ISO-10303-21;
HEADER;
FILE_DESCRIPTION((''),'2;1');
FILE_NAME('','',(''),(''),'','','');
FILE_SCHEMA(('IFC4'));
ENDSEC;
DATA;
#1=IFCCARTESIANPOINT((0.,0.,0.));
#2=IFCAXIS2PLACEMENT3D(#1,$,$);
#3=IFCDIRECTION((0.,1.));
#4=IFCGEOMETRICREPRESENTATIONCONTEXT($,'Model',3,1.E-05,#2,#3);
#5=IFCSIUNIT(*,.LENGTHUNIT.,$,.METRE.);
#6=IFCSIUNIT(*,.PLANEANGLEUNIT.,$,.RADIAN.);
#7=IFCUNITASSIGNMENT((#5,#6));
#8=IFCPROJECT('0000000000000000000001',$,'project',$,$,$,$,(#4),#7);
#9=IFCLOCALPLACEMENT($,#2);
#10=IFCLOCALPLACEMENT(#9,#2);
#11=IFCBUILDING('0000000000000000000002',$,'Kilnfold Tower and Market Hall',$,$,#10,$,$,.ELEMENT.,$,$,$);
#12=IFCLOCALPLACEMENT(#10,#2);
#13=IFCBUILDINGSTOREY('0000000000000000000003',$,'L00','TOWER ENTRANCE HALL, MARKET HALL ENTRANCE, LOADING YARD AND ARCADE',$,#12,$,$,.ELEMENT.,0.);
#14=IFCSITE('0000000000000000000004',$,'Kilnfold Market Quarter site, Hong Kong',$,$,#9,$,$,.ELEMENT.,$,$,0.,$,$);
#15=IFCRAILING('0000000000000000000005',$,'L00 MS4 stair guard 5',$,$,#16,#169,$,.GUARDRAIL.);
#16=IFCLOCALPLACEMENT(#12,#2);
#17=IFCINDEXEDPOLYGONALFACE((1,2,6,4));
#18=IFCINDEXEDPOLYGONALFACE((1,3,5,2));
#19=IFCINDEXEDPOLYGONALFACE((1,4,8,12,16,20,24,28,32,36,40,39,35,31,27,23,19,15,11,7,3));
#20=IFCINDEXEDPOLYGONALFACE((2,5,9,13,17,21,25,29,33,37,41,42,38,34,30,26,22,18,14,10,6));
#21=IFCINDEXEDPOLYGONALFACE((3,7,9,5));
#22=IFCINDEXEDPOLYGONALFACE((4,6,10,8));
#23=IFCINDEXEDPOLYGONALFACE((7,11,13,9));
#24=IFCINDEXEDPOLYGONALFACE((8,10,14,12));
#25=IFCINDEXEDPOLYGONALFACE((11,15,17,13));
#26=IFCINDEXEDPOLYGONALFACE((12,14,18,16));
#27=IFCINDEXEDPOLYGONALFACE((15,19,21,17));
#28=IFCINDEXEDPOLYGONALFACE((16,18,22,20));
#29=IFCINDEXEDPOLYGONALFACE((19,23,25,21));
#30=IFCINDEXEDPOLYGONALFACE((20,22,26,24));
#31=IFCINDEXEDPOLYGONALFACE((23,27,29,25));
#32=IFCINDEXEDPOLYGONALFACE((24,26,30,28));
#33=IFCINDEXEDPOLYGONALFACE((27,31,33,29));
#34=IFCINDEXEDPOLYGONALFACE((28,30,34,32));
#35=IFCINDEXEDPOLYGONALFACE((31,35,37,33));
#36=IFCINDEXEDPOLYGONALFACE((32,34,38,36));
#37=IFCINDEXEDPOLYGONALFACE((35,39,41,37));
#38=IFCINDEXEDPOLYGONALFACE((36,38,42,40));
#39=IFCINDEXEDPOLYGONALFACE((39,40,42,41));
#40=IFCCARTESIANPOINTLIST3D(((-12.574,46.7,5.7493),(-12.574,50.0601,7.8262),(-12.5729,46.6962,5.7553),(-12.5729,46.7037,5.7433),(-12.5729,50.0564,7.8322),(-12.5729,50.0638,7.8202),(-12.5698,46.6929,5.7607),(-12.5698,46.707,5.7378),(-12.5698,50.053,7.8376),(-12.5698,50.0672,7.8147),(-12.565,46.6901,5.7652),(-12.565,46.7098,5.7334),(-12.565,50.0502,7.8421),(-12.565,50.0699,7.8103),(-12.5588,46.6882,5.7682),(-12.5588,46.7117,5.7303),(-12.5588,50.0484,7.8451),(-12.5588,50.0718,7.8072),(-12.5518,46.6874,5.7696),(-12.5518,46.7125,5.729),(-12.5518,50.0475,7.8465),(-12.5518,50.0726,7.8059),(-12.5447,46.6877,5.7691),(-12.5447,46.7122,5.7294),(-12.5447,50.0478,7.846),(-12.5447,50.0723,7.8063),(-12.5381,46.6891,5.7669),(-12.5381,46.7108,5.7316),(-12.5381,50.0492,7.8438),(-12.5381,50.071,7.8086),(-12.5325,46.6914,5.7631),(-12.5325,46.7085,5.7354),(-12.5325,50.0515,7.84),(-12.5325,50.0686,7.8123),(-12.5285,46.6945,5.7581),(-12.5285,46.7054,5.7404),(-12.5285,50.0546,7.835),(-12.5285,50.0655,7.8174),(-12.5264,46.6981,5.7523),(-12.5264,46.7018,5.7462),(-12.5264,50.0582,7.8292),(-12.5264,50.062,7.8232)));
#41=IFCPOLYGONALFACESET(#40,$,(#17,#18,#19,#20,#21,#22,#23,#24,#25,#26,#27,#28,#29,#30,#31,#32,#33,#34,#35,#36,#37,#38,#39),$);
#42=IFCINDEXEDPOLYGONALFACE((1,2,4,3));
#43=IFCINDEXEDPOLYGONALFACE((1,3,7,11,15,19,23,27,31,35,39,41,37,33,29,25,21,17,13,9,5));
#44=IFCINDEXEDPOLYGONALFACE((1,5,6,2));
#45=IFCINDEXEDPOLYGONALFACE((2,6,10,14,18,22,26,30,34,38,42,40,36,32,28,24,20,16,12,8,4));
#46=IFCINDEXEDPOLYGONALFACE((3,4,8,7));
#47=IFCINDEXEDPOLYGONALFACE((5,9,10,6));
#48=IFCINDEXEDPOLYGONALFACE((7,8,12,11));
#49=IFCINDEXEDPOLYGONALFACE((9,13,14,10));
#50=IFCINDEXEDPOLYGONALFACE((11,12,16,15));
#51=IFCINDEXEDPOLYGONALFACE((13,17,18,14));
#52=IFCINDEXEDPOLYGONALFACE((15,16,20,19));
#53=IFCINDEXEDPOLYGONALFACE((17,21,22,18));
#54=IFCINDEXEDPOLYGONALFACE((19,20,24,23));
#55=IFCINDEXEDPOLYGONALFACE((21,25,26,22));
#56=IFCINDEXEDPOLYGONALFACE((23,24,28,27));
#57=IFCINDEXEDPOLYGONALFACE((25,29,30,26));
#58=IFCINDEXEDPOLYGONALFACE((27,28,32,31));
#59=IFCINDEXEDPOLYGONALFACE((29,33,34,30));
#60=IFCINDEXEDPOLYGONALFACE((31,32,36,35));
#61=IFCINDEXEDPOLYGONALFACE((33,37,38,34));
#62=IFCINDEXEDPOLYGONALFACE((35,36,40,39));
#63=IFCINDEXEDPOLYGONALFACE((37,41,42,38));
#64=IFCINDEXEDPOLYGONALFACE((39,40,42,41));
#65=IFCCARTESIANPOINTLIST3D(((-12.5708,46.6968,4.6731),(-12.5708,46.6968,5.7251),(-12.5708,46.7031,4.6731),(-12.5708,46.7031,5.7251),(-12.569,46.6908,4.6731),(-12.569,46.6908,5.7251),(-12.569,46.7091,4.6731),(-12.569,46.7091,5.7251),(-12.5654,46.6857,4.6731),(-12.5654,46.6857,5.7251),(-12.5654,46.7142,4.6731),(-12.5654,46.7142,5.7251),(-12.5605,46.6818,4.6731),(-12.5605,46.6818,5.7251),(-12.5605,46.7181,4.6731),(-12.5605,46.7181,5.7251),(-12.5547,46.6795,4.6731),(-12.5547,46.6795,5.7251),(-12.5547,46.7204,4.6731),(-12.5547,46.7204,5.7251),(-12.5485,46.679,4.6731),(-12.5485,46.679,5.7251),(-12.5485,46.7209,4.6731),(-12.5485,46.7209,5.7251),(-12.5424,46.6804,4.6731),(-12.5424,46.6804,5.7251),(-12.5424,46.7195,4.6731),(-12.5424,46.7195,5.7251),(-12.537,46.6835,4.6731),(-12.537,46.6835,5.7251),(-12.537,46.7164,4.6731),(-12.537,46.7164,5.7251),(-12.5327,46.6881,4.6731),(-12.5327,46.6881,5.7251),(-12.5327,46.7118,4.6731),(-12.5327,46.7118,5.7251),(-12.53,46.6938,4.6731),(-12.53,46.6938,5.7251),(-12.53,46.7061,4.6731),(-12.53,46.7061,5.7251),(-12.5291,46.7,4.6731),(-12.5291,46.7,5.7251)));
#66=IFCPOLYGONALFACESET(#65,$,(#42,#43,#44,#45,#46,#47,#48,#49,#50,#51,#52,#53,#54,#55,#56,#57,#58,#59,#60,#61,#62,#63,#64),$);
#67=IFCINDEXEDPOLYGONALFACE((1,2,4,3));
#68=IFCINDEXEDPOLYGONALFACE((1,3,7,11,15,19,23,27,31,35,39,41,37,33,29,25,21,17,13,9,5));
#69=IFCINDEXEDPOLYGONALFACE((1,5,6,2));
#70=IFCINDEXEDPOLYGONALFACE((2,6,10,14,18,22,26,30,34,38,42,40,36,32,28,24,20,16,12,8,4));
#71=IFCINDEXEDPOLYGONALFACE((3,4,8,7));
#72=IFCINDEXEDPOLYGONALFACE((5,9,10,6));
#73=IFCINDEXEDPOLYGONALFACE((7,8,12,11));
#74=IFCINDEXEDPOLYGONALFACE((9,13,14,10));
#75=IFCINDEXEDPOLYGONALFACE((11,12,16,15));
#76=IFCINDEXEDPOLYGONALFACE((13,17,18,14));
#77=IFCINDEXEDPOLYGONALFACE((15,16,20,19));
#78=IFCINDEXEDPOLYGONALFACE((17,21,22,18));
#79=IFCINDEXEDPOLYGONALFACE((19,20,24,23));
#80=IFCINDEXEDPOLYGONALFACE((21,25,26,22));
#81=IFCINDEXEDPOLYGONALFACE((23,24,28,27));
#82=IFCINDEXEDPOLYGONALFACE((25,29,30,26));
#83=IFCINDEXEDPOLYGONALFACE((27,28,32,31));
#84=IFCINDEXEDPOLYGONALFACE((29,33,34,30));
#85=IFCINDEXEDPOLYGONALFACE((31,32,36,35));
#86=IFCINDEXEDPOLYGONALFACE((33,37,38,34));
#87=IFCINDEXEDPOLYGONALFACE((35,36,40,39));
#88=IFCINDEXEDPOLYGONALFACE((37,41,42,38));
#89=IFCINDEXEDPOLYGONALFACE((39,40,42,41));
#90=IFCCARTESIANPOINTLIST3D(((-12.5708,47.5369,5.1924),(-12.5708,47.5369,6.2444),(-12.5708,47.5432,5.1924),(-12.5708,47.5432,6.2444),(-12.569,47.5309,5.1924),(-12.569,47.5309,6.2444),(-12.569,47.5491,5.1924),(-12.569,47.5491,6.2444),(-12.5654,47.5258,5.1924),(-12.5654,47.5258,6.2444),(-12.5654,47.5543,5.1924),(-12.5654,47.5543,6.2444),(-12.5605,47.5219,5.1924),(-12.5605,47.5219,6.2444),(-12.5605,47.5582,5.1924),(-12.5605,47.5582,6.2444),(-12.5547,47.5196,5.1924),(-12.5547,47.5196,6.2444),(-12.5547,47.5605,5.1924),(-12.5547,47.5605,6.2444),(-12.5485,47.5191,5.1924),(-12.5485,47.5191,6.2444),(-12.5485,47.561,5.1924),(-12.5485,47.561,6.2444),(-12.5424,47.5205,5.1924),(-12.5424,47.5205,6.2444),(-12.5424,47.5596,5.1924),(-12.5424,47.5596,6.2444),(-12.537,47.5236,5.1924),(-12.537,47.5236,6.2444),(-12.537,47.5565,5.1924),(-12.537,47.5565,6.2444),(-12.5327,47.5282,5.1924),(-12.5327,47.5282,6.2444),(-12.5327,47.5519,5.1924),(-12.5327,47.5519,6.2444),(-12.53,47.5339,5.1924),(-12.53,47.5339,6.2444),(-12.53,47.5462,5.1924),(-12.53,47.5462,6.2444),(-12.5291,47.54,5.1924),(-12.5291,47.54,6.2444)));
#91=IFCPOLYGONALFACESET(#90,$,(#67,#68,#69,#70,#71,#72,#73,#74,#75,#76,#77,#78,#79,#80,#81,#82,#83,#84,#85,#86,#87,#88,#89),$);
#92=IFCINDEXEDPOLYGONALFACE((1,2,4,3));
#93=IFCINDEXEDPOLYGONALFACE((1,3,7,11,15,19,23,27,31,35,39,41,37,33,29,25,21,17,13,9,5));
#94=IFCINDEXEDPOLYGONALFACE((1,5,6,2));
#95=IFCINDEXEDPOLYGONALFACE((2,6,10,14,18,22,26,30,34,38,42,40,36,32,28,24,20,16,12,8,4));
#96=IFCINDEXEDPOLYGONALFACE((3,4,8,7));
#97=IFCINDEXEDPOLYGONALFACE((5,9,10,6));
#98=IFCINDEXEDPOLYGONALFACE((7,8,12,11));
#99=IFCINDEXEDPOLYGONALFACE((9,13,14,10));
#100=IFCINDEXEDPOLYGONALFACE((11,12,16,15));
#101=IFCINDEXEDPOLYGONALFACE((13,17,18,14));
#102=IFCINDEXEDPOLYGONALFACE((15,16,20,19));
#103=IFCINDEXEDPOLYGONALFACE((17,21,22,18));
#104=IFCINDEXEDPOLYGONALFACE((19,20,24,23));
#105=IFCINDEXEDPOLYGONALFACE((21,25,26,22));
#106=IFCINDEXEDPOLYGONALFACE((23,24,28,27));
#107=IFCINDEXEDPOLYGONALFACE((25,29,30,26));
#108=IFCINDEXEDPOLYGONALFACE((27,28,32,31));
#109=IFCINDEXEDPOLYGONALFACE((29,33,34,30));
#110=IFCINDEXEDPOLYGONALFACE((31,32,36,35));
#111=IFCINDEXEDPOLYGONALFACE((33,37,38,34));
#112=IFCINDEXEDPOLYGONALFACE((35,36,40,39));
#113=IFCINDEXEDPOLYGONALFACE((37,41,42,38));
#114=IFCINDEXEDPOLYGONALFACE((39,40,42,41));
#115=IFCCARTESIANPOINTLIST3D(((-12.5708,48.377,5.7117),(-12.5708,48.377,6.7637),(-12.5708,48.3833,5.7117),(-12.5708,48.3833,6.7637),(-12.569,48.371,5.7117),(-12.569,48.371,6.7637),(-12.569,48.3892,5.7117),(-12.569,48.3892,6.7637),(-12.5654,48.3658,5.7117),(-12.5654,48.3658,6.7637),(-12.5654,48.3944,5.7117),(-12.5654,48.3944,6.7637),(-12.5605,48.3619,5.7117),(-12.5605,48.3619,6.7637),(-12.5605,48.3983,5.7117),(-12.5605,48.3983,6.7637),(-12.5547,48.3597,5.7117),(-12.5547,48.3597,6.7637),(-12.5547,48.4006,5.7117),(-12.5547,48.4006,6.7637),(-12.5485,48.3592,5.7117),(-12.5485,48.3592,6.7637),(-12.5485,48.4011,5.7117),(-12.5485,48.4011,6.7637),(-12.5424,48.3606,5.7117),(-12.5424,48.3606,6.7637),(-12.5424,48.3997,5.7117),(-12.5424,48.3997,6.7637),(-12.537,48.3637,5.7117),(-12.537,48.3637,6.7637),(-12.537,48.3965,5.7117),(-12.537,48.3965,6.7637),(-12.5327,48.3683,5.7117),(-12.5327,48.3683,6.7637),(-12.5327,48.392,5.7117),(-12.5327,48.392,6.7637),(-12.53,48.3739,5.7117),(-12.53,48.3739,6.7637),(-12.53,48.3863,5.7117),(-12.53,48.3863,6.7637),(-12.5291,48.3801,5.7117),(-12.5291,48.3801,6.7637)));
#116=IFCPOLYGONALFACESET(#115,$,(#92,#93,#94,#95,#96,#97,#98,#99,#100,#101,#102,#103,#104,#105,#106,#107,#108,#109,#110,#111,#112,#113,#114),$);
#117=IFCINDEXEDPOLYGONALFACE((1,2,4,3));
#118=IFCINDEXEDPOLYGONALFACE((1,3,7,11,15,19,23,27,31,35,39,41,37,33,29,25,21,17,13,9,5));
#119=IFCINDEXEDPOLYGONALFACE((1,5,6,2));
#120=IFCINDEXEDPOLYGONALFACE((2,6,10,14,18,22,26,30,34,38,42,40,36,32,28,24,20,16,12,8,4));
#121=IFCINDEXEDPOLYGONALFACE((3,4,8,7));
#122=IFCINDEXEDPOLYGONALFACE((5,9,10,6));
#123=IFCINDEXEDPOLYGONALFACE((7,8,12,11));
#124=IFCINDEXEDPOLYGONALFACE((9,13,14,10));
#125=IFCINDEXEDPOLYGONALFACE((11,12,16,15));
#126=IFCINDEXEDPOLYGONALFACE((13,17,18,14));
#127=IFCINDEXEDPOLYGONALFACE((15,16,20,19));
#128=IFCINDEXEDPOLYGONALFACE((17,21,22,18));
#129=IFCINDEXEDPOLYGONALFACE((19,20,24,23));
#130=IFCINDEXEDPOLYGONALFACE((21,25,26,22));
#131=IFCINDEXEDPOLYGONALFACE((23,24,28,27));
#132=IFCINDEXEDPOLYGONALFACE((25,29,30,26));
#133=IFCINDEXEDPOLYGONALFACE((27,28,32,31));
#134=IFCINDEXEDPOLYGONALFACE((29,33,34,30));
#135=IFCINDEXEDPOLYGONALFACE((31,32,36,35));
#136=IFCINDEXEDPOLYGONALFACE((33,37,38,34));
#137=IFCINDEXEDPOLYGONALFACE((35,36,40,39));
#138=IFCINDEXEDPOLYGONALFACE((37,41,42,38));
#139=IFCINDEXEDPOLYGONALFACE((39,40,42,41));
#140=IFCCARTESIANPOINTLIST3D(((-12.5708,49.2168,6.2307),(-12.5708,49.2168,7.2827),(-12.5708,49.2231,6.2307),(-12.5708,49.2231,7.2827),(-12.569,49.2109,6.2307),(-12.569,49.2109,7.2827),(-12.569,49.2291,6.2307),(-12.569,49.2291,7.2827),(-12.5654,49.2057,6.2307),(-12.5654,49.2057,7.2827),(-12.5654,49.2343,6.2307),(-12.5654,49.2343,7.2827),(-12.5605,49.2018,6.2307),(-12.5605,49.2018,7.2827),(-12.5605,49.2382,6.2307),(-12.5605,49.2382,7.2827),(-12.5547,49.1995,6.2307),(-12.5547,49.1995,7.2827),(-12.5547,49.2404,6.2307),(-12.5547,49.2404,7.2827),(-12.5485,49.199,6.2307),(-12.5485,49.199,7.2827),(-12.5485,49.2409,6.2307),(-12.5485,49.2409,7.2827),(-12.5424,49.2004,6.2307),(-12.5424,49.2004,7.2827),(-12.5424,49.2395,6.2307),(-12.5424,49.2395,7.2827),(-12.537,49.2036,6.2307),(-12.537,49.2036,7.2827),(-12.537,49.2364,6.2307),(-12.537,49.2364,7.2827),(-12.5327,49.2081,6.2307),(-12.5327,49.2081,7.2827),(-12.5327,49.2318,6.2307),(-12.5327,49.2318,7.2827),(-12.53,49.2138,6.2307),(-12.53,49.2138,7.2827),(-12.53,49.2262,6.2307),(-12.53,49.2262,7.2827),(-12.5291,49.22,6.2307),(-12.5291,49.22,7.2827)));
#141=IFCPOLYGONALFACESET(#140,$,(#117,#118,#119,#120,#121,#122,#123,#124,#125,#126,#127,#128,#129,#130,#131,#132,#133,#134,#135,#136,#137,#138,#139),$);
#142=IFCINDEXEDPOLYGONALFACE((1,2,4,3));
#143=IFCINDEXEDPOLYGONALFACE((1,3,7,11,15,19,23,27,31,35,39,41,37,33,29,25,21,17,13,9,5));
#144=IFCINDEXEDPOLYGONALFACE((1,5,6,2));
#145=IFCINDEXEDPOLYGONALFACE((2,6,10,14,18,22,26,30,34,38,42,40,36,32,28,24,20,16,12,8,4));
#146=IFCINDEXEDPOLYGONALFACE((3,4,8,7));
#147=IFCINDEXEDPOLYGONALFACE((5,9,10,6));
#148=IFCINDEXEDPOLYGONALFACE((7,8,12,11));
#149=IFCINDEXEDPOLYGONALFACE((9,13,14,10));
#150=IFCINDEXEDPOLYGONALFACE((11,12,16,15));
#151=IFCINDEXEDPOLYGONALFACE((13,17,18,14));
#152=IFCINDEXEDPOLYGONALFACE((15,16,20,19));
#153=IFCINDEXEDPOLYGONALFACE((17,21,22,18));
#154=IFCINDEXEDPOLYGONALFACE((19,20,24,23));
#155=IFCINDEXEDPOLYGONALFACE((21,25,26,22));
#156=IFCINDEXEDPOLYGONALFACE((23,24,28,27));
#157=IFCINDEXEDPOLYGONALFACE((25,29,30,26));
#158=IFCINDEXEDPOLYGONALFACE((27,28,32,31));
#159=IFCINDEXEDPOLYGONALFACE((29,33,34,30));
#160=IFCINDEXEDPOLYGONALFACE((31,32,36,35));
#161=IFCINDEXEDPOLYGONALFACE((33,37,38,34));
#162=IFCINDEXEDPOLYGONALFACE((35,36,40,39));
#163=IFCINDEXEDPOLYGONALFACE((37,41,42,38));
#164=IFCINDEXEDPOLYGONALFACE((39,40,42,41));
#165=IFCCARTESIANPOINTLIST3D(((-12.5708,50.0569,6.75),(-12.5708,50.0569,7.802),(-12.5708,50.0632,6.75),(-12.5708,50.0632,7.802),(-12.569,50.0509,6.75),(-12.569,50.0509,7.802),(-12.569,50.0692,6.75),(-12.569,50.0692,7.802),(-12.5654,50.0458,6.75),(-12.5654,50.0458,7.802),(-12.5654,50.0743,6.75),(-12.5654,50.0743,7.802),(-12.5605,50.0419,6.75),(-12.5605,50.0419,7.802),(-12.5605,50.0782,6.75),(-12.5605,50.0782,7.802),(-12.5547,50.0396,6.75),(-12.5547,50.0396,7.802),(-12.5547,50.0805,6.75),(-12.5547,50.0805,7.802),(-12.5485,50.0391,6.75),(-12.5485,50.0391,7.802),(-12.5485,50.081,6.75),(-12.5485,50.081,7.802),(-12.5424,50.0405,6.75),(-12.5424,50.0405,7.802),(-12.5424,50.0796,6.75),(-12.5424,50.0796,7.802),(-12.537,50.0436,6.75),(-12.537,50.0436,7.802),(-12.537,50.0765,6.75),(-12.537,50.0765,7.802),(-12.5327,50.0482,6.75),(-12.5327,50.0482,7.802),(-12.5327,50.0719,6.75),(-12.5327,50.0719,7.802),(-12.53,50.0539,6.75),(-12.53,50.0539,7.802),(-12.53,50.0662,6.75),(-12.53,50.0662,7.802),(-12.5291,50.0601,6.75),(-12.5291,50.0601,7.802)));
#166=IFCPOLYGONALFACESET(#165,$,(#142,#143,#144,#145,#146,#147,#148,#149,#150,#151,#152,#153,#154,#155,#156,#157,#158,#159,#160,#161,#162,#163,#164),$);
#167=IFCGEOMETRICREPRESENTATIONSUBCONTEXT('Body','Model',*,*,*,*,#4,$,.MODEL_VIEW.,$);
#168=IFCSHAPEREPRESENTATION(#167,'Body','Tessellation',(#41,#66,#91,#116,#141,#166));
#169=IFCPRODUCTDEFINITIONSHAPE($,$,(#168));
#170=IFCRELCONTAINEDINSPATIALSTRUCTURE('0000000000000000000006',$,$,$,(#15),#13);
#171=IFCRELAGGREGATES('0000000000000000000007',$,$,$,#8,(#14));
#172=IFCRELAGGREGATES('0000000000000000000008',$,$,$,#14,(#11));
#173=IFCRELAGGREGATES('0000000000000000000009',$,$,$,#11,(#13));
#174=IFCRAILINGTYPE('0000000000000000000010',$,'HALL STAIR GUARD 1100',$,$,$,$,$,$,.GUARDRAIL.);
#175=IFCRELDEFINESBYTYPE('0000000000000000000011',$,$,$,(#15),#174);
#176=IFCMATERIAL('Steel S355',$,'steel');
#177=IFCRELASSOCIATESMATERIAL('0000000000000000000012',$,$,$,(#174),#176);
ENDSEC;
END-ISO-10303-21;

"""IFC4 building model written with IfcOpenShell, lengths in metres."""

from ifc_helpers import new_model, si_unit, direction, frame, origin, origin_2d, place, context, subcontext, project, spatial, circle, extrude, material, type_object, element, save


model = new_model("IFC4")

# Units and contexts
model_context = context("Model", 3, precision=1e-05, world=origin(), true_north=direction((0.0, 1.0)))
body_context = subcontext(model_context, "Body", "Model", "MODEL_VIEW")
ifc_project = project(units=[si_unit("LENGTHUNIT", "METRE"), si_unit("PLANEANGLEUNIT", "RADIAN")], contexts=[model_context])

# Site, building, storey
site_placement = place(None, origin())
site = spatial("IfcSite", under=ifc_project, at=site_placement, Name="Kilnfold Market Quarter site, Hong Kong", CompositionType="ELEMENT", RefElevation=0.0)
building_placement = place(site_placement, origin())
building = spatial("IfcBuilding", under=site, at=building_placement, Name="Kilnfold Tower and Market Hall", CompositionType="ELEMENT")
storey_placement = place(building_placement, origin())
storey = spatial("IfcBuildingStorey", under=building, at=storey_placement, Name="L00", Description="TOWER ENTRANCE HALL, MARKET HALL ENTRANCE, LOADING YARD AND ARCADE", CompositionType="ELEMENT", Elevation=0.0)

# Railing
ifc_material_1 = material(Name="Steel S355", Category="steel")
railing_type_1 = type_object("IfcRailingType", Name="HALL STAIR GUARD 1100", PredefinedType="GUARDRAIL", material=ifc_material_1)
railing_placement = place(storey_placement, frame((-12.55, 46.7, 4.6731)))
element("IfcRailing", 1, at=railing_placement, inside=storey, type_object=railing_type_1, Name="L00 MS4 stair guard 5", PredefinedType="GUARDRAIL", context=body_context, shape_type="SweptSolid", body=[
    extrude(circle(Radius=0.0239, at=origin_2d()), frame((0.0, 0.0, 1.0762), z_axis=(0.0, 0.850623, 0.525776), x_axis=(-1.0, 0.0, 0.0)), (0.0, 0.0, 1.0), 3.9502),
    extrude(circle(Radius=0.021, at=origin_2d()), origin(), (0.0, 0.0, 1.0), 1.052),
    extrude(circle(Radius=0.021, at=origin_2d()), frame((0.0, 0.8401, 0.5193)), (0.0, 0.0, 1.0), 1.052),
    extrude(circle(Radius=0.021, at=origin_2d()), frame((0.0, 1.6802, 1.0386)), (0.0, 0.0, 1.0), 1.052),
    extrude(circle(Radius=0.021, at=origin_2d()), frame((0.0, 2.52, 1.5576)), (0.0, 0.0, 1.0), 1.052),
    extrude(circle(Radius=0.021, at=origin_2d()), frame((0.0, 3.3601, 2.0769)), (0.0, 0.0, 1.0), 1.052),
])

save(model, "model.ifc")
